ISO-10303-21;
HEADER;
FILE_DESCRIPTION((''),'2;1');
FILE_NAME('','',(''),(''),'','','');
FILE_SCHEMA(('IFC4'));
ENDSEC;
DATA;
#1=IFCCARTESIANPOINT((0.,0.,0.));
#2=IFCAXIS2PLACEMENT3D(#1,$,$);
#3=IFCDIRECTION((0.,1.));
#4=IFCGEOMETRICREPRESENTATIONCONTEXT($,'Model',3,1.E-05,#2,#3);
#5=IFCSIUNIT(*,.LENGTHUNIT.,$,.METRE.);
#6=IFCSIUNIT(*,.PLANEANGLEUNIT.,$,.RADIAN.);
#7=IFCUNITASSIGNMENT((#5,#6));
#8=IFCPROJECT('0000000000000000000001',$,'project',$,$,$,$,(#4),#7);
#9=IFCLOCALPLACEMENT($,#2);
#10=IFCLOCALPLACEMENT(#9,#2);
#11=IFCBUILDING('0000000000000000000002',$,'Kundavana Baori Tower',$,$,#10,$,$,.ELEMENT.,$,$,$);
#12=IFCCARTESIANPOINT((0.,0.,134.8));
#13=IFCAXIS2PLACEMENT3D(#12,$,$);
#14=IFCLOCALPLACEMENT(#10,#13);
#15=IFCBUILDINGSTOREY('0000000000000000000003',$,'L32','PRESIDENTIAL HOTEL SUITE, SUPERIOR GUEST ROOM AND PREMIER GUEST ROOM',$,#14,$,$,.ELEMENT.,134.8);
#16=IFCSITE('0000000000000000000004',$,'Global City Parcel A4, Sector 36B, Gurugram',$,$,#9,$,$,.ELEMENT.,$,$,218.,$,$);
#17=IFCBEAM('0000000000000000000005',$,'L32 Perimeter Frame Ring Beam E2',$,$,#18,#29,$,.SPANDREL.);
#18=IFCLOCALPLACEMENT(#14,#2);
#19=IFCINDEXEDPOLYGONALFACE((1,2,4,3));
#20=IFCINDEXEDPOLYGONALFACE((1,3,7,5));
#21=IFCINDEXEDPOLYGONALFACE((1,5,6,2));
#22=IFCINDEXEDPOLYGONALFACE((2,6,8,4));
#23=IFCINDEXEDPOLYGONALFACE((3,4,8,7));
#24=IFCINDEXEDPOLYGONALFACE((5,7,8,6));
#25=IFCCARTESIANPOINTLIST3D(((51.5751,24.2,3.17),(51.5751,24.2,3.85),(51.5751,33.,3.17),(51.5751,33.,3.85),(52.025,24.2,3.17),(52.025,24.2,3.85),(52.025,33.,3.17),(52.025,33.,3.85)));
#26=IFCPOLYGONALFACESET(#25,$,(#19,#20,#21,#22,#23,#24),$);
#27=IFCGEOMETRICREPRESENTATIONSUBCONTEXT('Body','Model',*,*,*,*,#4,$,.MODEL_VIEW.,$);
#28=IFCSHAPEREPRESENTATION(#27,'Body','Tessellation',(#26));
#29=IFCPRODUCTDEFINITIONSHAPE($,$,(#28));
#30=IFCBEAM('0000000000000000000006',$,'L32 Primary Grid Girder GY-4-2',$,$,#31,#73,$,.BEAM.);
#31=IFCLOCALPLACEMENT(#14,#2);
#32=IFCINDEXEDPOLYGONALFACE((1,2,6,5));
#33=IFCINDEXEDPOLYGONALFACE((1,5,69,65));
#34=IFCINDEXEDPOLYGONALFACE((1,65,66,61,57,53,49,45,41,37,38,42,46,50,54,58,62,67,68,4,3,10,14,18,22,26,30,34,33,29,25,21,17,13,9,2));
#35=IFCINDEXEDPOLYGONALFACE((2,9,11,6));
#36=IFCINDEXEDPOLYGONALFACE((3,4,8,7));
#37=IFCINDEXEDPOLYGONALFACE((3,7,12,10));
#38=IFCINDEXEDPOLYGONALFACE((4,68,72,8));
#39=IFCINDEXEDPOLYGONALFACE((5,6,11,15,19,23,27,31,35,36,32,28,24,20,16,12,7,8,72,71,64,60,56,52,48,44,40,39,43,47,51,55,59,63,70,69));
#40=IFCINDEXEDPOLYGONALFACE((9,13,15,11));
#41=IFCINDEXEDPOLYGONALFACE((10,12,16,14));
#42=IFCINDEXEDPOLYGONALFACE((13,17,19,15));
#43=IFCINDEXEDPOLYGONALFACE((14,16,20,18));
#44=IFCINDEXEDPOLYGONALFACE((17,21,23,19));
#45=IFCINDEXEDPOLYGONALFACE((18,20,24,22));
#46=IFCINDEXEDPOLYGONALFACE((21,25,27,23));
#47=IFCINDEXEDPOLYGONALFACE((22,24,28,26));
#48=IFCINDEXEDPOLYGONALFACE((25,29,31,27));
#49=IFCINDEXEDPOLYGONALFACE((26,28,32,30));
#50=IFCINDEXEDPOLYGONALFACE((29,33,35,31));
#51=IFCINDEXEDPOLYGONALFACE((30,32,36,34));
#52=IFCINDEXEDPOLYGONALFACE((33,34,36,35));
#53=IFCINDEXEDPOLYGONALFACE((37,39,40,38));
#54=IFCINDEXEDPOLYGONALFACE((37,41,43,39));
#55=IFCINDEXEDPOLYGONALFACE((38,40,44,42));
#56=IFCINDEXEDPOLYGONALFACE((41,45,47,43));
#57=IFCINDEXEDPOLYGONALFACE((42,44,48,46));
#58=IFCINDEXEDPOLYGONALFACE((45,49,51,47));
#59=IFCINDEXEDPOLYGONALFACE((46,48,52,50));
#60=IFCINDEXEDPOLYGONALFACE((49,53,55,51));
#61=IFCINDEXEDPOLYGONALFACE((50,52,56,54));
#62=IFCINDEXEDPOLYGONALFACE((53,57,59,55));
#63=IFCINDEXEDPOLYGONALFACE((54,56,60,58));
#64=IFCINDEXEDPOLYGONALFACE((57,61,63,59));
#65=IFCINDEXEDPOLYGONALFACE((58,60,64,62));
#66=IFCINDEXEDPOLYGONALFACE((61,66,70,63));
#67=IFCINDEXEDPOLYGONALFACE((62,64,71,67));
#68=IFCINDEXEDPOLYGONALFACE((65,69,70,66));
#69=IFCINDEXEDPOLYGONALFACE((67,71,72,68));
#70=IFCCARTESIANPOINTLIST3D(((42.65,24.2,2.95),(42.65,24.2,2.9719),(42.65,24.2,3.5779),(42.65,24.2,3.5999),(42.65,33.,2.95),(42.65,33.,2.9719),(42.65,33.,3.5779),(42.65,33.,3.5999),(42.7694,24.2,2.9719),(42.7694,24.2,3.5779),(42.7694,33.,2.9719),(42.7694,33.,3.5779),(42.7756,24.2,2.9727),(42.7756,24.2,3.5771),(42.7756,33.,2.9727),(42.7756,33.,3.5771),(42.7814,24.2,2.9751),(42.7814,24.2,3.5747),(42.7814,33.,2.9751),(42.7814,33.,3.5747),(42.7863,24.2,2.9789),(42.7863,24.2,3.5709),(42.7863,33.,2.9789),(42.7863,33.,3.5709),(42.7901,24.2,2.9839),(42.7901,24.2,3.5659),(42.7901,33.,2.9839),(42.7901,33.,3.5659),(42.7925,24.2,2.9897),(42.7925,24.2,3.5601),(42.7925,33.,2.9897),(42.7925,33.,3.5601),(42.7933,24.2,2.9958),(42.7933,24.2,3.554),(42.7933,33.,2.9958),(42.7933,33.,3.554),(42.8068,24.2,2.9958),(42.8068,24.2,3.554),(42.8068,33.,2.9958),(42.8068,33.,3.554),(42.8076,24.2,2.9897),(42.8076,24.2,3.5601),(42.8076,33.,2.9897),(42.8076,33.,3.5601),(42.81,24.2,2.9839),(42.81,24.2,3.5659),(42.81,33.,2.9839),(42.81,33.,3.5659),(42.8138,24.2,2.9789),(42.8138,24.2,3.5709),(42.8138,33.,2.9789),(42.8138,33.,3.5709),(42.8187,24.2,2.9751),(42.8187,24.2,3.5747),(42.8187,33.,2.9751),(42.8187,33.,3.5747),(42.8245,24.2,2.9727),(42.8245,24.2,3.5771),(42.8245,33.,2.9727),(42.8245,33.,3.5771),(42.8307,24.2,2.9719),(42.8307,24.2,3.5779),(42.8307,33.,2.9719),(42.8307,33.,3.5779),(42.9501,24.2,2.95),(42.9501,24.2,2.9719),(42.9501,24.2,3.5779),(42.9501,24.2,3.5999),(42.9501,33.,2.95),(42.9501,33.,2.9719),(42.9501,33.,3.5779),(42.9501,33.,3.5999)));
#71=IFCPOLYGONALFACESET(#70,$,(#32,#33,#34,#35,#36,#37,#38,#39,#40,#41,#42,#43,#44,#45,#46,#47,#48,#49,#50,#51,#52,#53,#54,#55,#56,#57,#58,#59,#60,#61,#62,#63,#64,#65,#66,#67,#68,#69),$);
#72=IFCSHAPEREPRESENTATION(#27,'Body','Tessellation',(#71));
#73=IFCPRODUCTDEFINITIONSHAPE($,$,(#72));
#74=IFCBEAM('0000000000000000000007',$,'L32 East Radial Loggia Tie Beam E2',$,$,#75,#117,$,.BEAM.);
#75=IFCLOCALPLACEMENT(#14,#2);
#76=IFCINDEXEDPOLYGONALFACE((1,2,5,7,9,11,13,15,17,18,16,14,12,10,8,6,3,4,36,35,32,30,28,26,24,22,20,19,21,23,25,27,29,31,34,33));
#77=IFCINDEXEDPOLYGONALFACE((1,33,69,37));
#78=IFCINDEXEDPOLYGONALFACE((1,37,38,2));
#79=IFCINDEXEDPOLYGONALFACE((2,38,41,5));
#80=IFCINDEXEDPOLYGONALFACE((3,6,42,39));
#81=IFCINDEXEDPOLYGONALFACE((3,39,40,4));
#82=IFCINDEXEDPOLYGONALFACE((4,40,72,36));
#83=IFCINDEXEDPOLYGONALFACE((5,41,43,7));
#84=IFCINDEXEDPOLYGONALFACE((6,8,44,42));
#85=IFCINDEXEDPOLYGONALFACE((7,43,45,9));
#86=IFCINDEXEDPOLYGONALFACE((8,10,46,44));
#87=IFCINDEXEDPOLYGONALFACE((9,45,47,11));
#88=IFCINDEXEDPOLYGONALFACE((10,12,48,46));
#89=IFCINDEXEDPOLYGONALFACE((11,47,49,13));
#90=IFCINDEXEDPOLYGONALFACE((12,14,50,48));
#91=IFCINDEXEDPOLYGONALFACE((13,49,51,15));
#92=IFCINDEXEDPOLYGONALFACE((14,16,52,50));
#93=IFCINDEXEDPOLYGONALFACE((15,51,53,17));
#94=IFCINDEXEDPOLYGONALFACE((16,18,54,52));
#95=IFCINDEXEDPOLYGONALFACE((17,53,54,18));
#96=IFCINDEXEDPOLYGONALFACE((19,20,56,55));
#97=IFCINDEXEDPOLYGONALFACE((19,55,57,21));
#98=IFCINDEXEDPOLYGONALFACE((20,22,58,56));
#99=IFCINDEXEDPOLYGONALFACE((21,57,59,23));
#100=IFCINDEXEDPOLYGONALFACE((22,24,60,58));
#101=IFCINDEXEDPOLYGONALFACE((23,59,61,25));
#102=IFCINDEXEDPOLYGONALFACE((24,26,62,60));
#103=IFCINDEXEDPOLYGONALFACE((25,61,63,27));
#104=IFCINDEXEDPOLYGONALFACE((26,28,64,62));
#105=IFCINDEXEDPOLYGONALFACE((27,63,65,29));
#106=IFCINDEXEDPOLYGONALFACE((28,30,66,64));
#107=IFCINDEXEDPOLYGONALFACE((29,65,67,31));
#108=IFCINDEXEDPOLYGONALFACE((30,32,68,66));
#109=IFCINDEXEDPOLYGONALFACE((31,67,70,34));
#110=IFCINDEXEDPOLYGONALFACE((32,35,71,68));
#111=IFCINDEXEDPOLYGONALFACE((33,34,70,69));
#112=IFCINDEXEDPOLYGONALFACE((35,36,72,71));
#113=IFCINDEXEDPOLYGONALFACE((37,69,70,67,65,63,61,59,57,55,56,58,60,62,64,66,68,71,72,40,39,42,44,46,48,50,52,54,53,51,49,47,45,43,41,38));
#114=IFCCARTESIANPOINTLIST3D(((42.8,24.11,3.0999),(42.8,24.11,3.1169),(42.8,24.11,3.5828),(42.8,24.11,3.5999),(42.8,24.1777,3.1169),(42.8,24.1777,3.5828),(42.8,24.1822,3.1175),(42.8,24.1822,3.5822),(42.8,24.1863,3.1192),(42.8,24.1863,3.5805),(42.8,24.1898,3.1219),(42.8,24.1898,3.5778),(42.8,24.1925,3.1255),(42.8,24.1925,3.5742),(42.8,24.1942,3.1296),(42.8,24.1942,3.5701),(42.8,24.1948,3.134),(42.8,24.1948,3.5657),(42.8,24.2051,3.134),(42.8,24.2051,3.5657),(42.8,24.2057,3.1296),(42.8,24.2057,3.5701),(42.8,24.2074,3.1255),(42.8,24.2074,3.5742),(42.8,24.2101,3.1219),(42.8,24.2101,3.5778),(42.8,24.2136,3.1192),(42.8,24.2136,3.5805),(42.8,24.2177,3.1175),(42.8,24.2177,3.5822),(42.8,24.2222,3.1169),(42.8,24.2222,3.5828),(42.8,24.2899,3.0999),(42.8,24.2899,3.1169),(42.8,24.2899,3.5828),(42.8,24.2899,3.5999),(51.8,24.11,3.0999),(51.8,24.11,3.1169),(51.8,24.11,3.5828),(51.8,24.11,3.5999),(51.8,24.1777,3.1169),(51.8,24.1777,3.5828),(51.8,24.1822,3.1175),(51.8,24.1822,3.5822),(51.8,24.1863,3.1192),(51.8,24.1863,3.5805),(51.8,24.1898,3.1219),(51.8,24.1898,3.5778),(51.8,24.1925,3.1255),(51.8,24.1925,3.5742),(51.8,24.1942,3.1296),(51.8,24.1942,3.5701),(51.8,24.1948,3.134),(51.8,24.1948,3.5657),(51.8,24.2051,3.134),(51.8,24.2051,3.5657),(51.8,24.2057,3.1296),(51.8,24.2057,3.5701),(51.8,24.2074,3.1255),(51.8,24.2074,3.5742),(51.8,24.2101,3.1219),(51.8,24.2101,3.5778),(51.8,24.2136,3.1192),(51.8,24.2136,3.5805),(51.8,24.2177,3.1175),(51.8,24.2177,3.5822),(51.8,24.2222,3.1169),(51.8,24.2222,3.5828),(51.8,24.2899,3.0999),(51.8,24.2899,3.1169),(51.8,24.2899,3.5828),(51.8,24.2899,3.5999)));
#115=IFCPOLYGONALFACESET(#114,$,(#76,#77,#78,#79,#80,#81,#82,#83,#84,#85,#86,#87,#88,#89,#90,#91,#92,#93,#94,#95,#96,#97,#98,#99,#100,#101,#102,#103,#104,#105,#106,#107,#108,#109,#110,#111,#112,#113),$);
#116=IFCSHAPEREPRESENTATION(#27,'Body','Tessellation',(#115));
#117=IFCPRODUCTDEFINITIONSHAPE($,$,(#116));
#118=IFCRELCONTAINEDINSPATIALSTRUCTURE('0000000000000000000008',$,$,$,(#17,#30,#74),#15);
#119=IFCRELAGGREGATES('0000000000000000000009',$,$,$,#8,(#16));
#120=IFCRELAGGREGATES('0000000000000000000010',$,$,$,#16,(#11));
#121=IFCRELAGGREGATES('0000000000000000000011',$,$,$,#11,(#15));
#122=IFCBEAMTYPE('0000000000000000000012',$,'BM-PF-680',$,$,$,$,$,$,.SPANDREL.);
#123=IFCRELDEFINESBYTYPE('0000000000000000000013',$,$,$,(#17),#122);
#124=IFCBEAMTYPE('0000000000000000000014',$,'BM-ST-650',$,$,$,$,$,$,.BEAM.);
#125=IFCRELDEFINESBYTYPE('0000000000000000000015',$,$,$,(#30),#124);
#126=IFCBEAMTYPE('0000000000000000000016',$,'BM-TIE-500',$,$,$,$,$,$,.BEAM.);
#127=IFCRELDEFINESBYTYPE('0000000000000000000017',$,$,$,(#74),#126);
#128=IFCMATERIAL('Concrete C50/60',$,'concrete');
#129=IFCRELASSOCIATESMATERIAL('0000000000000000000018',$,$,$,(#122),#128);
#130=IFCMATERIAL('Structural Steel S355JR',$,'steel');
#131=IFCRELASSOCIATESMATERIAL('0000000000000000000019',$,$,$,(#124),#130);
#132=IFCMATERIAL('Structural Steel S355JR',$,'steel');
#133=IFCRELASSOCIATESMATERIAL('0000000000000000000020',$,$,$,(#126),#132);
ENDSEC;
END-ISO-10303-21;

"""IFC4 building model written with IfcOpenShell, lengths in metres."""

from ifc_helpers import new_model, si_unit, direction, frame, origin, origin_2d, place, context, subcontext, project, spatial, rectangle, i_section, extrude, material, material_profile, profile_set, type_object, element, save


model = new_model("IFC4")

# Units and contexts
model_context = context("Model", 3, precision=1e-05, world=origin(), true_north=direction((0.0, 1.0)))
body_context = subcontext(model_context, "Body", "Model", "MODEL_VIEW")
ifc_project = project(units=[si_unit("LENGTHUNIT", "METRE"), si_unit("PLANEANGLEUNIT", "RADIAN")], contexts=[model_context])

# Site, building, storey
site_placement = place(None, origin())
site = spatial("IfcSite", under=ifc_project, at=site_placement, Name="Global City Parcel A4, Sector 36B, Gurugram", CompositionType="ELEMENT", RefElevation=218.0)
building_placement = place(site_placement, origin())
building = spatial("IfcBuilding", under=site, at=building_placement, Name="Kundavana Baori Tower", CompositionType="ELEMENT")
storey_placement = place(building_placement, frame((0.0, 0.0, 134.8)))
storey = spatial("IfcBuildingStorey", under=building, at=storey_placement, Name="L32", Description="PRESIDENTIAL HOTEL SUITE, SUPERIOR GUEST ROOM AND PREMIER GUEST ROOM", CompositionType="ELEMENT", Elevation=134.8)

# Beams
ifc_material_1 = material(Name="Concrete C50/60", Category="concrete")
ifc_material_profile_1 = material_profile(ifc_material_1, rectangle(XDim=0.45, YDim=0.6799, at=origin_2d()), Name="RC BM 450x680")
ifc_profile_set_1 = profile_set([ifc_material_profile_1], Name="Concrete C50/60")
beam_type_1 = type_object("IfcBeamType", Name="BM-PF-680", PredefinedType="SPANDREL", material=ifc_profile_set_1)
beam_1_placement = place(storey_placement, frame((51.8, 24.2, 3.51), z_axis=(0.0, 1.0, 0.0), x_axis=(-1.0, 0.0, 0.0)))
element("IfcBeam", 1, at=beam_1_placement, inside=storey, type_object=beam_type_1, Name="L32 Perimeter Frame Ring Beam E2", PredefinedType="SPANDREL", context=body_context, shape_type="SweptSolid", body=[
    extrude(rectangle(XDim=0.45, YDim=0.6799, at=origin_2d()), origin(), (0.0, 0.0, 1.0), 8.8),
])
ifc_material_2 = material(Name="Structural Steel S355JR", Category="steel")
ifc_material_profile_2 = material_profile(ifc_material_2, i_section(OverallWidth=0.3, OverallDepth=0.6499, WebThickness=0.0134, FlangeThickness=0.022, FilletRadius=0.0239, at=origin_2d()), Name="NPB 650x300x155")
ifc_profile_set_2 = profile_set([ifc_material_profile_2], Name="Structural Steel S355JR")
beam_type_2 = type_object("IfcBeamType", Name="BM-ST-650", PredefinedType="BEAM", material=ifc_profile_set_2)
beam_2_placement = place(storey_placement, frame((42.8, 24.2, 3.2749), z_axis=(0.0, 1.0, 0.0), x_axis=(-1.0, 0.0, 0.0)))
element("IfcBeam", 2, at=beam_2_placement, inside=storey, type_object=beam_type_2, Name="L32 Primary Grid Girder GY-4-2", PredefinedType="BEAM", context=body_context, shape_type="SweptSolid", body=[
    extrude(i_section(OverallWidth=0.3, OverallDepth=0.6499, WebThickness=0.0134, FlangeThickness=0.022, FilletRadius=0.0239, at=origin_2d()), origin(), (0.0, 0.0, 1.0), 8.8),
])
ifc_material_3 = material(Name="Structural Steel S355JR", Category="steel")
ifc_material_profile_3 = material_profile(ifc_material_3, i_section(OverallWidth=0.1799, OverallDepth=0.5, WebThickness=0.0103, FlangeThickness=0.0171, FilletRadius=0.0171, at=origin_2d()), Name="ISMB 500")
ifc_profile_set_3 = profile_set([ifc_material_profile_3], Name="Structural Steel S355JR")
beam_type_3 = type_object("IfcBeamType", Name="BM-TIE-500", PredefinedType="BEAM", material=ifc_profile_set_3)
beam_3_placement = place(storey_placement, frame((42.8, 24.2, 3.3499), z_axis=(1.0, 0.0, 0.0), x_axis=(0.0, 1.0, 0.0)))
element("IfcBeam", 3, at=beam_3_placement, inside=storey, type_object=beam_type_3, Name="L32 East Radial Loggia Tie Beam E2", PredefinedType="BEAM", context=body_context, shape_type="SweptSolid", body=[
    extrude(i_section(OverallWidth=0.1799, OverallDepth=0.5, WebThickness=0.0103, FlangeThickness=0.0171, FilletRadius=0.0171, at=origin_2d()), origin(), (0.0, 0.0, 1.0), 9.0),
])

save(model, "model.ifc")
